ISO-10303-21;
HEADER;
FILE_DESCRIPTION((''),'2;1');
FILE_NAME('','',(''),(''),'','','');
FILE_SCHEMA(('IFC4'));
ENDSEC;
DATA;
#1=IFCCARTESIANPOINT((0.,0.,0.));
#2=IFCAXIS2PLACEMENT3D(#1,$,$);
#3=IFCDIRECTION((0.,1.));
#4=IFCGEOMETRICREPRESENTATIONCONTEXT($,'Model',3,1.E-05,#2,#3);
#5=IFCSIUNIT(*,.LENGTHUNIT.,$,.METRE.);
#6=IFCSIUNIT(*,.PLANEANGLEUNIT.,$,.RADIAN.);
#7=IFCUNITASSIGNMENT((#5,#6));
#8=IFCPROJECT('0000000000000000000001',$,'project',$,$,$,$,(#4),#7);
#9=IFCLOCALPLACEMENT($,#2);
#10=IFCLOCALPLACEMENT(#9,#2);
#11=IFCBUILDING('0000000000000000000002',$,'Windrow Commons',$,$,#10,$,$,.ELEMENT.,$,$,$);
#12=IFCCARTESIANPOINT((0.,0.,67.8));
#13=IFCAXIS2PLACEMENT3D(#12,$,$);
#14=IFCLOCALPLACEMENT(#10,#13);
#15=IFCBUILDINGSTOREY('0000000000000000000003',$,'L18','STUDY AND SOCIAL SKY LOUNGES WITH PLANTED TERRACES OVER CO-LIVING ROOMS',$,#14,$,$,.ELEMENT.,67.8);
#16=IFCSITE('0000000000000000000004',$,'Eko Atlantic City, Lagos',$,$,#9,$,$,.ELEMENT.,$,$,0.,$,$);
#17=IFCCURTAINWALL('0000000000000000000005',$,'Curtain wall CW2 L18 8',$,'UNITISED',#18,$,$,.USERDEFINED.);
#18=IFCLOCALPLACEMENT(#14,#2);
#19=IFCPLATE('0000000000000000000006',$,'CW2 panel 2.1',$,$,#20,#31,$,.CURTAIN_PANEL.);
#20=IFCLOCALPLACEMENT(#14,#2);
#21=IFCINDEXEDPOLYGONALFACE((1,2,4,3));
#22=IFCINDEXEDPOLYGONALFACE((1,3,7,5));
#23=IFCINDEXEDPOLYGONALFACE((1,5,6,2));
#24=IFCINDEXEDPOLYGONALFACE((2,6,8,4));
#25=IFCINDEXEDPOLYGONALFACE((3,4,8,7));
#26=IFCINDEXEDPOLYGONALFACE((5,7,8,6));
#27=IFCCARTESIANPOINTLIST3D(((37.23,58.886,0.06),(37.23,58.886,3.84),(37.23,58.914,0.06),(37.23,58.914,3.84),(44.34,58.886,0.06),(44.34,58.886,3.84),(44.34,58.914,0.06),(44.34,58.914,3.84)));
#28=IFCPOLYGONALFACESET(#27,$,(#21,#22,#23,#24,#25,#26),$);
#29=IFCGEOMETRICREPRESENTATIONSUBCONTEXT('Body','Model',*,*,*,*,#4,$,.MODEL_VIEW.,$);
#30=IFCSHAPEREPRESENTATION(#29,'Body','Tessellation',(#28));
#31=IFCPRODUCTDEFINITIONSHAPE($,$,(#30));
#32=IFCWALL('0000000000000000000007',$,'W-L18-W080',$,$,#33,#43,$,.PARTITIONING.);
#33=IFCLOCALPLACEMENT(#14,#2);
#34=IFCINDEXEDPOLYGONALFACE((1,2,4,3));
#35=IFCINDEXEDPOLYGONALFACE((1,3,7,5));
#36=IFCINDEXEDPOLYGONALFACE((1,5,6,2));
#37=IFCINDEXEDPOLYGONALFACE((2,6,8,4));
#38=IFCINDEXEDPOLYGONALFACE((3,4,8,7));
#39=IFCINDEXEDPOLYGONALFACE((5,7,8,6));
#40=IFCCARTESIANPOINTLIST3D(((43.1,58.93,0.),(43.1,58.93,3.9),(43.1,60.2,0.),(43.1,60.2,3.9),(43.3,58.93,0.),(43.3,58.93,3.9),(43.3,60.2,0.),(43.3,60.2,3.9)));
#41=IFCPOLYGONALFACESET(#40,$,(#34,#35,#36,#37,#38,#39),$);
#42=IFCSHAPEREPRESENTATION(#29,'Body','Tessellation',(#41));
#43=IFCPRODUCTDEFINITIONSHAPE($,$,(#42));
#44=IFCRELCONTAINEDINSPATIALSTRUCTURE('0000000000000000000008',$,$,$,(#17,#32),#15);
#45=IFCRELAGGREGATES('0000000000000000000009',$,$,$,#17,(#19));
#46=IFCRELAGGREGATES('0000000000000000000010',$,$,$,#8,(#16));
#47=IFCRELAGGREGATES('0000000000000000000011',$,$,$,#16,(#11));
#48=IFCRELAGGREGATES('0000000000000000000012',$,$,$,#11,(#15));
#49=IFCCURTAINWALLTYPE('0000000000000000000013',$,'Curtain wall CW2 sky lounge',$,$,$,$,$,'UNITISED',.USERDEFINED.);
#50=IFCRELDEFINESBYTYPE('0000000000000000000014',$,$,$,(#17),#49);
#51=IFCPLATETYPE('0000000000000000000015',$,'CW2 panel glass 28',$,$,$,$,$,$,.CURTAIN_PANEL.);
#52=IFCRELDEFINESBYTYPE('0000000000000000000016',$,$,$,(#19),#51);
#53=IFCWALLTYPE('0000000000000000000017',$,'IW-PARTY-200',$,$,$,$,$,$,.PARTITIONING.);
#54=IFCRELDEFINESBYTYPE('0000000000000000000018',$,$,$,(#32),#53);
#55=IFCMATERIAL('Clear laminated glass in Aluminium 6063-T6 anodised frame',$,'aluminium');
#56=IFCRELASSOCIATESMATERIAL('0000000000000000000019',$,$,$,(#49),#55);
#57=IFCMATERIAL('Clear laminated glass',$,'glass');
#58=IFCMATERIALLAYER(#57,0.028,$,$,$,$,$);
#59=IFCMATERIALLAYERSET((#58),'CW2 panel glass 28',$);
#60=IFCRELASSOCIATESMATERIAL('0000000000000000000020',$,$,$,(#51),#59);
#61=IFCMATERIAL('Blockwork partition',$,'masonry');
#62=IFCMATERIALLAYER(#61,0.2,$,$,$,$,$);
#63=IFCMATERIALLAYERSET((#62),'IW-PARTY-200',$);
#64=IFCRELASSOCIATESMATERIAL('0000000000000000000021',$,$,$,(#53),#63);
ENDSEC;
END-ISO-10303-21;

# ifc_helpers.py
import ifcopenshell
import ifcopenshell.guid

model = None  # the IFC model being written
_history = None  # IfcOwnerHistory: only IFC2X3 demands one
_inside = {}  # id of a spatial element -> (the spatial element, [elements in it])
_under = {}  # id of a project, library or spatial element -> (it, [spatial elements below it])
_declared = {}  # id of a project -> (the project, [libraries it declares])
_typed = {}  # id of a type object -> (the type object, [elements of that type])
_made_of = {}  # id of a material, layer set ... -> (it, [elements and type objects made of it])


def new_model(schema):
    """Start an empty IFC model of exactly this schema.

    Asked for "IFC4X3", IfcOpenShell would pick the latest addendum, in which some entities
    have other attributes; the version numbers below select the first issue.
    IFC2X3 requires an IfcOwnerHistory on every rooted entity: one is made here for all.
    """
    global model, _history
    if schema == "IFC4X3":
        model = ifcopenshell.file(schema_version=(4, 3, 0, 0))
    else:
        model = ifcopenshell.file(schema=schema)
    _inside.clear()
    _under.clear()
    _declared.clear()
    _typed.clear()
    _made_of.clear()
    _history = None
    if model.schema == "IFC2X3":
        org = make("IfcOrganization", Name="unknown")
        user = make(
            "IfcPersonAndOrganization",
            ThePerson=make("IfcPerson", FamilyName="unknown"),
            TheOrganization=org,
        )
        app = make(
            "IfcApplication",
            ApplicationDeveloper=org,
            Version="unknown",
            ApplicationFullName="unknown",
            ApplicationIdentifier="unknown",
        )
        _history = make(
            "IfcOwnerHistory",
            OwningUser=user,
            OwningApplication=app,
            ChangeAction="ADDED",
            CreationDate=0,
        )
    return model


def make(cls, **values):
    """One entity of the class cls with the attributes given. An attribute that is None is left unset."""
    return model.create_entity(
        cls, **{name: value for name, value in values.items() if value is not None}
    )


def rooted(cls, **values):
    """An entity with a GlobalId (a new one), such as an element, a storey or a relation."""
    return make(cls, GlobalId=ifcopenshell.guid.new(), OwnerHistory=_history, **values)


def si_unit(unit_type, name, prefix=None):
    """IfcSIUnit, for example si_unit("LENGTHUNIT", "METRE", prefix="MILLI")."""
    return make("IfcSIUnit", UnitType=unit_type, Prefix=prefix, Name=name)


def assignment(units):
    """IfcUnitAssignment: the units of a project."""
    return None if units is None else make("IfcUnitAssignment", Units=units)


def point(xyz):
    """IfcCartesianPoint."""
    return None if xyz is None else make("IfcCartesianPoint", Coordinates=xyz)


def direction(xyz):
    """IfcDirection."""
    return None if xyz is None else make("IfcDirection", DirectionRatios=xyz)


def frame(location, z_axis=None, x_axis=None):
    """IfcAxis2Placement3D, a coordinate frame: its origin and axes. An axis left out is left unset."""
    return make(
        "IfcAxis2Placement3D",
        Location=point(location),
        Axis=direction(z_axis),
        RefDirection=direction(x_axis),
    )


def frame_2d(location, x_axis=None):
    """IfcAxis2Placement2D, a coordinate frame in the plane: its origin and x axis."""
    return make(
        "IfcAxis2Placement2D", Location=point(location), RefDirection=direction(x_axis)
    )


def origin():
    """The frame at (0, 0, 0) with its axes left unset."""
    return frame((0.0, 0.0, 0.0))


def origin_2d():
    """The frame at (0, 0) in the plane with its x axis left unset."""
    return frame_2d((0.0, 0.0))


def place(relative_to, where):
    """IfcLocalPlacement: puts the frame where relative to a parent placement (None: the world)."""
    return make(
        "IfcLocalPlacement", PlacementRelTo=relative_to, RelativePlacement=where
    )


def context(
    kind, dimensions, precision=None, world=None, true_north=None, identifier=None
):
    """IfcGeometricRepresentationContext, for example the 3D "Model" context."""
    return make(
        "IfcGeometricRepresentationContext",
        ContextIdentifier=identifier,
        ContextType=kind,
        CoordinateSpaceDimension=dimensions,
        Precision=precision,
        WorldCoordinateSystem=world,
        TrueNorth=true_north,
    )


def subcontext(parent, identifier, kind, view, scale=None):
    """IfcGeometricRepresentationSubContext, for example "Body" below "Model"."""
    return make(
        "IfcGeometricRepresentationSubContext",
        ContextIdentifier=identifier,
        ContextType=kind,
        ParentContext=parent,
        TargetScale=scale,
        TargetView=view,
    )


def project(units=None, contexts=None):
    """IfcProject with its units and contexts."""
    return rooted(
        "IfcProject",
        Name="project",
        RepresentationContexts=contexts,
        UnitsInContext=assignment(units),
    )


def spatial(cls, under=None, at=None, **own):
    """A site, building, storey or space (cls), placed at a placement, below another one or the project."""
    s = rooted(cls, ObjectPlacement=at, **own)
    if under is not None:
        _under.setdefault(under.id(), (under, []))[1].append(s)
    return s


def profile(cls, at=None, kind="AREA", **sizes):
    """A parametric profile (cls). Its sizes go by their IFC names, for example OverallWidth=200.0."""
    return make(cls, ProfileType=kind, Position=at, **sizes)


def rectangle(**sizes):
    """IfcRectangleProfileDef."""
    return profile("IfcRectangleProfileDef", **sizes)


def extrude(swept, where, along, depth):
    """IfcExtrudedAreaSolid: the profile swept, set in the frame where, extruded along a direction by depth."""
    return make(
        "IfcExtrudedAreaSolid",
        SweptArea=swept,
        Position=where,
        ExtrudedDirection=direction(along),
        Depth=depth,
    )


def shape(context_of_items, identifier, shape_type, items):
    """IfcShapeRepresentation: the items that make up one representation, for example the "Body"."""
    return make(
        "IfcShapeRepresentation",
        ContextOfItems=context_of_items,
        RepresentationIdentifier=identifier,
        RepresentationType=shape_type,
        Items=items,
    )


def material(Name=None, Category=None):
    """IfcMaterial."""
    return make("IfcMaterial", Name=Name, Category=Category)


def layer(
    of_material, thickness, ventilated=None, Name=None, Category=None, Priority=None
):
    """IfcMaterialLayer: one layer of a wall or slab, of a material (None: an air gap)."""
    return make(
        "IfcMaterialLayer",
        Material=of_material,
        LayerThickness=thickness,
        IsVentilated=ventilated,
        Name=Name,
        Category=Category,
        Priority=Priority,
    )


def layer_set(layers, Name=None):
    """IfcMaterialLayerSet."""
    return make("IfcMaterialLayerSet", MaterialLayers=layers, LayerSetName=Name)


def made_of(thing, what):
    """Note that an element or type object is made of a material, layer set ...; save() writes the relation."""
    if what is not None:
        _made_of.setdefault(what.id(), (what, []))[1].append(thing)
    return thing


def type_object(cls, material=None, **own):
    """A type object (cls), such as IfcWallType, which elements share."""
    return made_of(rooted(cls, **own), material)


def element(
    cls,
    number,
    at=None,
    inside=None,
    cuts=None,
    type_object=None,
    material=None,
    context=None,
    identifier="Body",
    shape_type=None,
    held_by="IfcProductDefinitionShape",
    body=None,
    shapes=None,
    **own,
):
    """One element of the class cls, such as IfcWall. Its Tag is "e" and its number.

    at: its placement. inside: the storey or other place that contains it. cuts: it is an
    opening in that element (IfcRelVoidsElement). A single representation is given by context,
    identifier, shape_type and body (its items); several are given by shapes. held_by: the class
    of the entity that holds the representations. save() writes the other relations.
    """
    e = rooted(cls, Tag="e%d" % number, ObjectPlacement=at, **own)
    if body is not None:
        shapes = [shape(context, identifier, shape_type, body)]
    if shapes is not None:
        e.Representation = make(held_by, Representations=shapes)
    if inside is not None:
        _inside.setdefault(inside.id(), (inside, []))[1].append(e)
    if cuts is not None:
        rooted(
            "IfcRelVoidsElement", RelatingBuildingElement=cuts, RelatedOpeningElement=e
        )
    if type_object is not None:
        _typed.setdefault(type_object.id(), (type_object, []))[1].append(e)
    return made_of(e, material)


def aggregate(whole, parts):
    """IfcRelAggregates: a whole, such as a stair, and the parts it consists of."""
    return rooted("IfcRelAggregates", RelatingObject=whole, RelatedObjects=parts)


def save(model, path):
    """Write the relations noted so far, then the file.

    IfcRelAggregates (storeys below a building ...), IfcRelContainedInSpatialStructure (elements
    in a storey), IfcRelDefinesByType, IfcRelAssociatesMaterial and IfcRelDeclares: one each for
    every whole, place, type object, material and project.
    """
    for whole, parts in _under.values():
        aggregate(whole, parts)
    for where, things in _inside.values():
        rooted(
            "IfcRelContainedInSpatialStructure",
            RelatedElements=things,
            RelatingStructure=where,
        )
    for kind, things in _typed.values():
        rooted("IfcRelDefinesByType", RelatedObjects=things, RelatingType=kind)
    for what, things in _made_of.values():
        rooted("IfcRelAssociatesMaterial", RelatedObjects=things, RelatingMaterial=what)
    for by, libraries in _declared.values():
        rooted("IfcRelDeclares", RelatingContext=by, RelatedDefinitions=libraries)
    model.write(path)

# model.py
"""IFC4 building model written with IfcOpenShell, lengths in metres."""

from ifc_helpers import new_model, si_unit, direction, frame, frame_2d, origin, origin_2d, place, context, subcontext, project, spatial, rectangle, extrude, material, layer, layer_set, type_object, element, aggregate, save


model = new_model("IFC4")

# Units and contexts
model_context = context("Model", 3, precision=1e-05, world=origin(), true_north=direction((0.0, 1.0)))
body_context = subcontext(model_context, "Body", "Model", "MODEL_VIEW")
ifc_project = project(units=[si_unit("LENGTHUNIT", "METRE"), si_unit("PLANEANGLEUNIT", "RADIAN")], contexts=[model_context])

# Site, building, storey
site_placement = place(None, origin())
site = spatial("IfcSite", under=ifc_project, at=site_placement, Name="Eko Atlantic City, Lagos", CompositionType="ELEMENT", RefElevation=0.0)
building_placement = place(site_placement, origin())
building = spatial("IfcBuilding", under=site, at=building_placement, Name="Windrow Commons", CompositionType="ELEMENT")
storey_placement = place(building_placement, frame((0.0, 0.0, 67.8)))
storey = spatial("IfcBuildingStorey", under=building, at=storey_placement, Name="L18", Description="STUDY AND SOCIAL SKY LOUNGES WITH PLANTED TERRACES OVER CO-LIVING ROOMS", CompositionType="ELEMENT", Elevation=67.8)

# Curtain wall
ifc_material_1 = material(Name="Clear laminated glass in Aluminium 6063-T6 anodised frame", Category="aluminium")
curtain_wall_type = type_object("IfcCurtainWallType", Name="Curtain wall CW2 sky lounge", ElementType="UNITISED", PredefinedType="USERDEFINED", material=ifc_material_1)
placement = place(storey_placement, origin())
curtain_wall_1 = element("IfcCurtainWall", 1, at=placement, inside=storey, type_object=curtain_wall_type, Name="Curtain wall CW2 L18 8", ObjectType="UNITISED", PredefinedType="USERDEFINED")

# Plate
ifc_material_2 = material(Name="Clear laminated glass", Category="glass")
ifc_layer_1 = layer(ifc_material_2, 0.028)
ifc_layer_set_1 = layer_set([ifc_layer_1], Name="CW2 panel glass 28")
plate_type_1 = type_object("IfcPlateType", Name="CW2 panel glass 28", PredefinedType="CURTAIN_PANEL", material=ifc_layer_set_1)
plate_1_placement = place(storey_placement, frame((40.785, 58.9, 0.06), z_axis=(0.0, 0.0, 1.0), x_axis=(1.0, 0.0, 0.0)))
plate_1 = element("IfcPlate", 2, at=plate_1_placement, type_object=plate_type_1, Name="CW2 panel 2.1", PredefinedType="CURTAIN_PANEL", context=body_context, shape_type="SweptSolid", body=[
    extrude(rectangle(XDim=7.11, YDim=0.028, at=origin_2d()), origin(), (0.0, 0.0, 1.0), 3.78),
])
aggregate(curtain_wall_1, [plate_1])

# Wall
ifc_material_3 = material(Name="Blockwork partition", Category="masonry")
ifc_layer_2 = layer(ifc_material_3, 0.2)
ifc_layer_set_2 = layer_set([ifc_layer_2], Name="IW-PARTY-200")
wall_type_1 = type_object("IfcWallType", Name="IW-PARTY-200", PredefinedType="PARTITIONING", material=ifc_layer_set_2)
wall_1_placement = place(storey_placement, frame((43.2, 58.93, 0.0), z_axis=(0.0, 0.0, 1.0), x_axis=(0.0, 1.0, 0.0)))
element("IfcWall", 3, at=wall_1_placement, inside=storey, type_object=wall_type_1, Name="W-L18-W080", PredefinedType="PARTITIONING", context=body_context, shape_type="SweptSolid", body=[
    extrude(rectangle(XDim=1.27, YDim=0.2, at=frame_2d((0.635, 0.0))), origin(), (0.0, 0.0, 1.0), 3.9),
])

save(model, "model.ifc")
